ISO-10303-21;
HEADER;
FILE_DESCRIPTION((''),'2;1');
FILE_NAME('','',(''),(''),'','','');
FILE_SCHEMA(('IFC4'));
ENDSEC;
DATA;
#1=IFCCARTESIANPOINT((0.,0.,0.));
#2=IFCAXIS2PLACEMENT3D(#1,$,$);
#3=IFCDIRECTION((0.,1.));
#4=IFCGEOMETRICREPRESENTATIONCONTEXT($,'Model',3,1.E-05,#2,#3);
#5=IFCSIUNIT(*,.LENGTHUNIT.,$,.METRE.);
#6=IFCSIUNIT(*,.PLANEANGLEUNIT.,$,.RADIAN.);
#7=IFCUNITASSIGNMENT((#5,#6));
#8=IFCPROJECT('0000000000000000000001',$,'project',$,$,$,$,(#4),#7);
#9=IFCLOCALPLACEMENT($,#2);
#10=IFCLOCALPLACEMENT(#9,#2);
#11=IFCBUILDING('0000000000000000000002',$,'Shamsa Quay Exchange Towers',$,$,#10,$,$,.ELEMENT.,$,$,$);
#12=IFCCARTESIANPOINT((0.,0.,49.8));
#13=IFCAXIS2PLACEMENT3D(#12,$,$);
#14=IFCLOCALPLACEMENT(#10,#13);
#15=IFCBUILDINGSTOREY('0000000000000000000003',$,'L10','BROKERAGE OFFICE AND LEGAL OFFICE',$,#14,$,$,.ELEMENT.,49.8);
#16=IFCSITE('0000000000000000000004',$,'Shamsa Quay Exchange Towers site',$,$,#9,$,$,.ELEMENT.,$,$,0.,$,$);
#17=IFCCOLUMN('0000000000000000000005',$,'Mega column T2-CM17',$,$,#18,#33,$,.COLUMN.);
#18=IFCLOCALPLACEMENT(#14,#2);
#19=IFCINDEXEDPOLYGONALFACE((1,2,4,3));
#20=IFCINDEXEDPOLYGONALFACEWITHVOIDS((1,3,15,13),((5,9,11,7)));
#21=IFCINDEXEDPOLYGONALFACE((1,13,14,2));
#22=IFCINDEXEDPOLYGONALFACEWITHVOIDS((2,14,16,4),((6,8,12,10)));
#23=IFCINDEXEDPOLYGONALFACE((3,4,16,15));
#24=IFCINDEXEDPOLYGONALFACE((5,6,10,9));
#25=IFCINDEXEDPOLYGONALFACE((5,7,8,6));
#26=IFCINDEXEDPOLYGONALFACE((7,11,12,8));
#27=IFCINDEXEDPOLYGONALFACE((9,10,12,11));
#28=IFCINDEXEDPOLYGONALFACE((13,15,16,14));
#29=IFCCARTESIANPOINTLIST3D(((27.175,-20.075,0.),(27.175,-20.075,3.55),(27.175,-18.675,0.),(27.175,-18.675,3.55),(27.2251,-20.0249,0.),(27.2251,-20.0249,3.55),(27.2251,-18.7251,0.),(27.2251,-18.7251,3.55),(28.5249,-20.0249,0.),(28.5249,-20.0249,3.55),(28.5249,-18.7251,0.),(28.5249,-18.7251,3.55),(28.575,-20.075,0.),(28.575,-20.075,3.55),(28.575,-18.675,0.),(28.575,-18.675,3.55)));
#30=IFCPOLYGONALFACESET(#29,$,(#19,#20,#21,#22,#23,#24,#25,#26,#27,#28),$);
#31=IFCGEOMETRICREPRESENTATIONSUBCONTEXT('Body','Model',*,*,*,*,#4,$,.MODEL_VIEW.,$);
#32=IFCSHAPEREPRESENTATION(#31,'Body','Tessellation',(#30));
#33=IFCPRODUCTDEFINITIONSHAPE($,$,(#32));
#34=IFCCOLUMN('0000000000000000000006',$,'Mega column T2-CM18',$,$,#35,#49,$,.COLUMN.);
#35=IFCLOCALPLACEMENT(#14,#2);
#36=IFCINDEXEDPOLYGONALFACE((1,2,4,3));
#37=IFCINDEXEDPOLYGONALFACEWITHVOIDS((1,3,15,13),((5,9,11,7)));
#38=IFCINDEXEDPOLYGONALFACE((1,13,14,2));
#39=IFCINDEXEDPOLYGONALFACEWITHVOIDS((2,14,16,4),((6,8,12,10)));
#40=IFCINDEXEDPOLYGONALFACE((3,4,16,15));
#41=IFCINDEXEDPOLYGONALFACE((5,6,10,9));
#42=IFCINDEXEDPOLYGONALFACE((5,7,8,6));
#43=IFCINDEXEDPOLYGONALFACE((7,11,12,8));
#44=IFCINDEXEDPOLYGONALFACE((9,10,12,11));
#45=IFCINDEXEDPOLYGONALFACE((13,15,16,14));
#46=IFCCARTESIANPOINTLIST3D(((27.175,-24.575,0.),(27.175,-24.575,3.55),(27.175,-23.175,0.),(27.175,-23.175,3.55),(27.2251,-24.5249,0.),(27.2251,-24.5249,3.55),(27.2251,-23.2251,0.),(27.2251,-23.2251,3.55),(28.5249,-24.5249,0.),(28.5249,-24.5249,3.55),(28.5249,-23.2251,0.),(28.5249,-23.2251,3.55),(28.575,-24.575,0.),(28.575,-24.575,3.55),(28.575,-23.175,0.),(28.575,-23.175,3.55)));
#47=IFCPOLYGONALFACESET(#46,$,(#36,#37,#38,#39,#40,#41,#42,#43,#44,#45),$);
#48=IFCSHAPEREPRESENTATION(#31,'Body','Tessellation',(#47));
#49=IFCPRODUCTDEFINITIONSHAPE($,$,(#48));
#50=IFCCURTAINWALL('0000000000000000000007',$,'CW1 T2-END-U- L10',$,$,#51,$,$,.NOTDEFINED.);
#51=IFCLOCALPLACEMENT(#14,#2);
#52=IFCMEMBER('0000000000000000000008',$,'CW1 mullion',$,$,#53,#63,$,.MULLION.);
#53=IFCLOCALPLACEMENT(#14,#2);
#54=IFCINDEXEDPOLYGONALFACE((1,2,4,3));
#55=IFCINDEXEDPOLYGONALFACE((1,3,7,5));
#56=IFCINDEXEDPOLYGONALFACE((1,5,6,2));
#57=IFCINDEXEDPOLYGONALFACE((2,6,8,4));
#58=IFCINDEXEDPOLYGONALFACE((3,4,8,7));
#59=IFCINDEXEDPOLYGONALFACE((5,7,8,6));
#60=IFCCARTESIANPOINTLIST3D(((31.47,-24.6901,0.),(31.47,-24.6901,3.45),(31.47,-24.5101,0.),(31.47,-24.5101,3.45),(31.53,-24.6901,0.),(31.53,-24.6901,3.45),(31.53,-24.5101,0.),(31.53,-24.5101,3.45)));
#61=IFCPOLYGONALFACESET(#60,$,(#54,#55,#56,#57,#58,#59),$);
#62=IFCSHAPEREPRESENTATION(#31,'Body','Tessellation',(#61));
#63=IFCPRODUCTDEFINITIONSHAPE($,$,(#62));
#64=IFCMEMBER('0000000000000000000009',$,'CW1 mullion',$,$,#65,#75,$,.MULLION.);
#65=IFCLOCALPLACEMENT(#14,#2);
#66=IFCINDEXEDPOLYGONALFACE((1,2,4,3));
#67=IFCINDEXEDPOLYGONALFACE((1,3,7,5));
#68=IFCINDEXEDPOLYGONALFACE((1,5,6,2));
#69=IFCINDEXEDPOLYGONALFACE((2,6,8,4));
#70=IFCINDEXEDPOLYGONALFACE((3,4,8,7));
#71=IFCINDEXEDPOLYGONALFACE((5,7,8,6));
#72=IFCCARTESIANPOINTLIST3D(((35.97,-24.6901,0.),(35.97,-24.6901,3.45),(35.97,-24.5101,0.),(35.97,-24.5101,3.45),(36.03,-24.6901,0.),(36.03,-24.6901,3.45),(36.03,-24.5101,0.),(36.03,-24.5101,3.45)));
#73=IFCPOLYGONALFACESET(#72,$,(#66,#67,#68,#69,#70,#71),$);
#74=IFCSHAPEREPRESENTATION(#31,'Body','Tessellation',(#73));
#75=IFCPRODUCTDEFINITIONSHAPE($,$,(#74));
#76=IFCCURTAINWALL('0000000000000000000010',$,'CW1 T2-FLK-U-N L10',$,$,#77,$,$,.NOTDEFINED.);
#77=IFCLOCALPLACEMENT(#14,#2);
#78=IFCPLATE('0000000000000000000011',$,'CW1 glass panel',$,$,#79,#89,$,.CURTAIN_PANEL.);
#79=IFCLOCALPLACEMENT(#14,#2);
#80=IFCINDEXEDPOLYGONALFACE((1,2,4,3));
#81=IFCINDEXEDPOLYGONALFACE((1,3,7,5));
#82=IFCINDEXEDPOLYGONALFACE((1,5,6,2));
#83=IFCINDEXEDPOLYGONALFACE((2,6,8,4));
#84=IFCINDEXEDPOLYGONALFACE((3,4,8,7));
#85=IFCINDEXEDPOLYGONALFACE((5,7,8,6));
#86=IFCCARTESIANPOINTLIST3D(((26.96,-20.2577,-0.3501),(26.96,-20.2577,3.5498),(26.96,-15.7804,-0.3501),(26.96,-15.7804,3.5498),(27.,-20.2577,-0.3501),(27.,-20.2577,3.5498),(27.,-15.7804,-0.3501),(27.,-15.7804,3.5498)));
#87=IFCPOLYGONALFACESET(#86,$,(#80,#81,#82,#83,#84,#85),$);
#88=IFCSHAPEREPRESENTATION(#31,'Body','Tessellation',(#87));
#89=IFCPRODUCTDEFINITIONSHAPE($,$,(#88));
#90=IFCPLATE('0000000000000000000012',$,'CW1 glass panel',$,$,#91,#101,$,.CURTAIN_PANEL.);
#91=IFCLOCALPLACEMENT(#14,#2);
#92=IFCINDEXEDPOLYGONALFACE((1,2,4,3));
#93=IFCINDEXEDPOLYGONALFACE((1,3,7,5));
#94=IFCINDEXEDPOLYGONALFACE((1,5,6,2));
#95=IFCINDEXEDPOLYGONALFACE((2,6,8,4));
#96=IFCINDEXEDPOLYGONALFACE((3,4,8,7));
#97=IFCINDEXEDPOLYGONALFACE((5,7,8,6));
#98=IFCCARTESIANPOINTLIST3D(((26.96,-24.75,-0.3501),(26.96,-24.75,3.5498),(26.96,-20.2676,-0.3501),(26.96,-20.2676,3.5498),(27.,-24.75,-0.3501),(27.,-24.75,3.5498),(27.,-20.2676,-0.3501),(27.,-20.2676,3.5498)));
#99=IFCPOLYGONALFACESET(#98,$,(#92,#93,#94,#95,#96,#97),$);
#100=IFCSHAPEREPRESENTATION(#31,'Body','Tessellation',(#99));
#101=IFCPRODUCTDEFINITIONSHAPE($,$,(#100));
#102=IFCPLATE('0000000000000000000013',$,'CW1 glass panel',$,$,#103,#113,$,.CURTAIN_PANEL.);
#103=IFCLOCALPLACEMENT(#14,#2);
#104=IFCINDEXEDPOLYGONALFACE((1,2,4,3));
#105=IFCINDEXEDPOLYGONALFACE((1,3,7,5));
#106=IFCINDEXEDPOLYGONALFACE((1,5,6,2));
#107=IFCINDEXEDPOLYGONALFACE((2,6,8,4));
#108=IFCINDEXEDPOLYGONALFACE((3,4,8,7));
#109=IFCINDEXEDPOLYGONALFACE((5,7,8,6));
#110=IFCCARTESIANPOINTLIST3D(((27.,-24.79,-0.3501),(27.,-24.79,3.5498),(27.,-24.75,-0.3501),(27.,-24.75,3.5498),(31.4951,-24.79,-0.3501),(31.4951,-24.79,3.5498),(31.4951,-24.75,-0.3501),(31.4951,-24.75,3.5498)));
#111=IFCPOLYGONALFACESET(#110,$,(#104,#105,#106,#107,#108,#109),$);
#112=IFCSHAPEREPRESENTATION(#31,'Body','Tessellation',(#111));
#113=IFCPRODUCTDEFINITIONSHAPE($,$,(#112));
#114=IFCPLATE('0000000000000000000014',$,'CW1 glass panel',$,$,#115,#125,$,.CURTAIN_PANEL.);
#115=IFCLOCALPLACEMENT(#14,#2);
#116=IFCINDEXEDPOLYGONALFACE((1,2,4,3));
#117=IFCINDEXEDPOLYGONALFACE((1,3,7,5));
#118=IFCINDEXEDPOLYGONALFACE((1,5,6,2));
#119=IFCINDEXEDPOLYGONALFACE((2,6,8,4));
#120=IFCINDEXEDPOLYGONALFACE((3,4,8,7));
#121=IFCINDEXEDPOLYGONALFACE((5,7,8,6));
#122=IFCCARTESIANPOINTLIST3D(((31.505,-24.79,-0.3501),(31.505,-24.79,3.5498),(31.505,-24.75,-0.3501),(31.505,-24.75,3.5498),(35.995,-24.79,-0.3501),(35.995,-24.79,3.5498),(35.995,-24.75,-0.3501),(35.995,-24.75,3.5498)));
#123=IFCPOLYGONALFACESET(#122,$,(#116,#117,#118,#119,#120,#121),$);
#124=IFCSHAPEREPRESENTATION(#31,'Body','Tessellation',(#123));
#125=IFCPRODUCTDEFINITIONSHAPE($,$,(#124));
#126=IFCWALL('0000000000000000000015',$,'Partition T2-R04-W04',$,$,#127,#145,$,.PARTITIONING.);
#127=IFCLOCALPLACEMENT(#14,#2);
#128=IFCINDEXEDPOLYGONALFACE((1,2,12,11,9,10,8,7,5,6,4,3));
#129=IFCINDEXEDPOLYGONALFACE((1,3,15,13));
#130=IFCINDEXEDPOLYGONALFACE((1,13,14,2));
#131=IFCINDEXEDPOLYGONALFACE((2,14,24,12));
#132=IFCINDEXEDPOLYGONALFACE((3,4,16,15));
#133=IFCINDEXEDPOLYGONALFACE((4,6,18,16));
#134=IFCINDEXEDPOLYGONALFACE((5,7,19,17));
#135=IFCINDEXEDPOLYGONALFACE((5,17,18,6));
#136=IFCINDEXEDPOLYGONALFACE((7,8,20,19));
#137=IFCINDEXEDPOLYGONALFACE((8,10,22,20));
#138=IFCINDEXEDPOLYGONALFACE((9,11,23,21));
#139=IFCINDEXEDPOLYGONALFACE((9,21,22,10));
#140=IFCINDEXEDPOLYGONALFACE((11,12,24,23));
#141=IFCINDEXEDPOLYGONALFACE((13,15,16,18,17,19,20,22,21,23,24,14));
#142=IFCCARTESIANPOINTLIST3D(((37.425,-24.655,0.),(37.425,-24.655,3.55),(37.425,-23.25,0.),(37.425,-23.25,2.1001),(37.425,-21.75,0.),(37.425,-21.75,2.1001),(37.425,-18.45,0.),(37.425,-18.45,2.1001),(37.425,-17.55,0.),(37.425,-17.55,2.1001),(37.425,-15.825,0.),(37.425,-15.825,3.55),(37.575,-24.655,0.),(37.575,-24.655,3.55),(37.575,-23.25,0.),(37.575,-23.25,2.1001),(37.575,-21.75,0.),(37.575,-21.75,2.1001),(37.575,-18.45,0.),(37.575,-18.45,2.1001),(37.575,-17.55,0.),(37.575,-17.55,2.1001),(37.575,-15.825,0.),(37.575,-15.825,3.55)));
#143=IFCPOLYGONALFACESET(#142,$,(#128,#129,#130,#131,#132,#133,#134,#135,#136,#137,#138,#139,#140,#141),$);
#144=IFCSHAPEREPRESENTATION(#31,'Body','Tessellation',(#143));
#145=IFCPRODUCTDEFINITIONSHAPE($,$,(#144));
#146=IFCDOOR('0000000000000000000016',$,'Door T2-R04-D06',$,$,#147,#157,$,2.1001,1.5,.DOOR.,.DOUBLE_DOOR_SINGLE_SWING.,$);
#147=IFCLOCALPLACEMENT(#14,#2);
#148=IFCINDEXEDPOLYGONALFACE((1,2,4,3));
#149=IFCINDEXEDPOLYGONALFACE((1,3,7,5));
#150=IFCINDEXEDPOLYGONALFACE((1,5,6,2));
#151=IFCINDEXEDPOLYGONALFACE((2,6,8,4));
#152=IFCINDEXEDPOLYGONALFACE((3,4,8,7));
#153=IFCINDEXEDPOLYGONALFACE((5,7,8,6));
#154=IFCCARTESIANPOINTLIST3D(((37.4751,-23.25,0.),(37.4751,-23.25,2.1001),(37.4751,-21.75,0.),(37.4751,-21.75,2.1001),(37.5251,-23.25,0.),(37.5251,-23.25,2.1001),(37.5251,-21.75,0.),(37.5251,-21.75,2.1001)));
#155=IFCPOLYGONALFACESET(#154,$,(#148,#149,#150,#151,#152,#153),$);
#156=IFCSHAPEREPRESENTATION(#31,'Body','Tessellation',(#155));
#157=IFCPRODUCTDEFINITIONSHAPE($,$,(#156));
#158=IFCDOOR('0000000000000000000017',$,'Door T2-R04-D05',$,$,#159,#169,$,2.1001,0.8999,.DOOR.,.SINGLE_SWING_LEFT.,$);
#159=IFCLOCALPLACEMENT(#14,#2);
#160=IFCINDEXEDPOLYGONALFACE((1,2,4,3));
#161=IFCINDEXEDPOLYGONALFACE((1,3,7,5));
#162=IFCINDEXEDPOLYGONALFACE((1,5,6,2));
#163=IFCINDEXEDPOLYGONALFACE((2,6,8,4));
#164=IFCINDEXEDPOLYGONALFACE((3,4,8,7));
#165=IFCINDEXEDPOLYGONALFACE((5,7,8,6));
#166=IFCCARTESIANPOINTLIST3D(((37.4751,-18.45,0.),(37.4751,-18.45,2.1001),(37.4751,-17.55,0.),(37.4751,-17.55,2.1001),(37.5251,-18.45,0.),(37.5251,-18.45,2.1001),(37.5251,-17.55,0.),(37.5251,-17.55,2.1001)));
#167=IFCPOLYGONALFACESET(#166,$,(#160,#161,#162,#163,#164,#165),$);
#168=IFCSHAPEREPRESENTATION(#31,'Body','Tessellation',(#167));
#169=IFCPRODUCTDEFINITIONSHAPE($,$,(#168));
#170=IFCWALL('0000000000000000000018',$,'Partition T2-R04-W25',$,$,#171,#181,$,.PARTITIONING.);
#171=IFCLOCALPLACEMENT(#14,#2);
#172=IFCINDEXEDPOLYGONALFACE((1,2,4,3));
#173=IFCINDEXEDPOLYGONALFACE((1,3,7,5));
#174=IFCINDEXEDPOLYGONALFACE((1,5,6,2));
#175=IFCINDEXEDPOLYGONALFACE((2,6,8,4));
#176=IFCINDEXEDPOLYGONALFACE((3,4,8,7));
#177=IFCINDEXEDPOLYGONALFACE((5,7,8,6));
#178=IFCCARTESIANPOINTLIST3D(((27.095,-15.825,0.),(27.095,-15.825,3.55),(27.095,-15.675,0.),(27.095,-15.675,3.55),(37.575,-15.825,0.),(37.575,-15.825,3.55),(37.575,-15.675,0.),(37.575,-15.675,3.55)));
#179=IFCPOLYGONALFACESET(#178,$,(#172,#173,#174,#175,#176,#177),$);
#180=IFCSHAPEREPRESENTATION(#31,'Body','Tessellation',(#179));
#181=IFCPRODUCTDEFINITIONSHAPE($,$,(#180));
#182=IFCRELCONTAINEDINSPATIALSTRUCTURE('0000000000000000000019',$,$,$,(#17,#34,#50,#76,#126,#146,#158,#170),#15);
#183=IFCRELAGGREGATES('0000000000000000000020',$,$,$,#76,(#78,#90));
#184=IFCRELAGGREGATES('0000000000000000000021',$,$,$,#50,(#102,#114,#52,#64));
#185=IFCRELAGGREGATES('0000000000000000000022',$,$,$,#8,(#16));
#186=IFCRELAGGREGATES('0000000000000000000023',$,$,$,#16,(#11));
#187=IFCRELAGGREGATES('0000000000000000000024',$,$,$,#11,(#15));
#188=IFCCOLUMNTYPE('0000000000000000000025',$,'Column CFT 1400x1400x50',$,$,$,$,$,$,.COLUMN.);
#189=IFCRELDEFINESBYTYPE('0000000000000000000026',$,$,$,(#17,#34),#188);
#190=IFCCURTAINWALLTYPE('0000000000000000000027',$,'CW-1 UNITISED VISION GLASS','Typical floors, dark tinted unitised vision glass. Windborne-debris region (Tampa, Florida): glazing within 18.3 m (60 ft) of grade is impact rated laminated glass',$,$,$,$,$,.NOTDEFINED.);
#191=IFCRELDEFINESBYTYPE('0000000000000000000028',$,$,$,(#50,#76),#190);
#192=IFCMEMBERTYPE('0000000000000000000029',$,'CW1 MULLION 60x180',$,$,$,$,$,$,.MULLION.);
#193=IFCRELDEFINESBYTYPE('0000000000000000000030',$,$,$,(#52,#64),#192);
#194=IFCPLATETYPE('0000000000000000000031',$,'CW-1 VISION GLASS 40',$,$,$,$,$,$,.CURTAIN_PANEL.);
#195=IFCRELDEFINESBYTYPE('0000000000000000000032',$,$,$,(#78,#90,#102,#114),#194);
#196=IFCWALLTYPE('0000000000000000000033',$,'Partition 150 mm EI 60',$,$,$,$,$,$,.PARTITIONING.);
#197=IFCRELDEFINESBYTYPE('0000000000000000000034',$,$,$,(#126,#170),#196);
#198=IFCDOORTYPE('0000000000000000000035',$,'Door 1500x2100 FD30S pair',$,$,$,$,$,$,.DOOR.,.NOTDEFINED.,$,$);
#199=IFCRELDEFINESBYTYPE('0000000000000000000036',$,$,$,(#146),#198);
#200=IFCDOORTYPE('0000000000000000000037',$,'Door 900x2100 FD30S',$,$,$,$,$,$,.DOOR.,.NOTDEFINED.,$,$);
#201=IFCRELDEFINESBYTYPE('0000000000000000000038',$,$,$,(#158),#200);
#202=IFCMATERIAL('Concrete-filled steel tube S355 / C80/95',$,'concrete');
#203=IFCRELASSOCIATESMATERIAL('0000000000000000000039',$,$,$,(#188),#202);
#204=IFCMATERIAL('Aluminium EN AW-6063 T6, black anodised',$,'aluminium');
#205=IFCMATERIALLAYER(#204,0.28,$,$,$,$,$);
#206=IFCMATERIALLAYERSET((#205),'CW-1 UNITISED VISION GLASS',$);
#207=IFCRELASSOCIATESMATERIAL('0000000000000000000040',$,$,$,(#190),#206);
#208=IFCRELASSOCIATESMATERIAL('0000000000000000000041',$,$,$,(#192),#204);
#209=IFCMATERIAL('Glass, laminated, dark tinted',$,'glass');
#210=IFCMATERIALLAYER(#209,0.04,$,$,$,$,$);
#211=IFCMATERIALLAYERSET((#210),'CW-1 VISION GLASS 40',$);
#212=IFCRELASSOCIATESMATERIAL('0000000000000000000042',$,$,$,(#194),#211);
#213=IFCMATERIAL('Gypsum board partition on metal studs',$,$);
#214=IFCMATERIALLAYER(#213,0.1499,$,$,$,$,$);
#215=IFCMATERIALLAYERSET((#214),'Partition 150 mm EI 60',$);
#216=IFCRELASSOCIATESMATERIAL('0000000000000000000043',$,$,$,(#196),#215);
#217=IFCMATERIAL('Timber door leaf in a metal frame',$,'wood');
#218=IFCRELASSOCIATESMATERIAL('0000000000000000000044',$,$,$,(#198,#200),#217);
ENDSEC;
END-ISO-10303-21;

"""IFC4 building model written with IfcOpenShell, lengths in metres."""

from ifc_helpers import new_model, si_unit, direction, frame, frame_2d, origin, origin_2d, place, context, subcontext, project, spatial, rectangle, hollow_rectangle, extrude, material, layer, layer_set, material_profile, profile_set, type_object, element, fill, aggregate, save


model = new_model("IFC4")

# Units and contexts
model_context = context("Model", 3, precision=1e-05, world=origin(), true_north=direction((0.0, 1.0)))
body_context = subcontext(model_context, "Body", "Model", "MODEL_VIEW")
ifc_project = project(units=[si_unit("LENGTHUNIT", "METRE"), si_unit("PLANEANGLEUNIT", "RADIAN")], contexts=[model_context])

# Site, building, storey
site_placement = place(None, origin())
site = spatial("IfcSite", under=ifc_project, at=site_placement, Name="Shamsa Quay Exchange Towers site", CompositionType="ELEMENT", RefElevation=0.0)
building_placement = place(site_placement, origin())
building = spatial("IfcBuilding", under=site, at=building_placement, Name="Shamsa Quay Exchange Towers", CompositionType="ELEMENT")
storey_placement = place(building_placement, frame((0.0, 0.0, 49.8)))
storey = spatial("IfcBuildingStorey", under=building, at=storey_placement, Name="L10", Description="BROKERAGE OFFICE AND LEGAL OFFICE", CompositionType="ELEMENT", Elevation=49.8)

# Columns
ifc_material_1 = material(Name="Concrete-filled steel tube S355 / C80/95", Category="concrete")
ifc_material_profile_1 = material_profile(ifc_material_1, hollow_rectangle(XDim=1.3999, YDim=1.3999, WallThickness=0.05, at=origin_2d()), Name="CFT 1400x1400x50")
ifc_profile_set_1 = profile_set([ifc_material_profile_1], Name="Concrete-filled steel tube S355 / C80/95")
column_type = type_object("IfcColumnType", Name="Column CFT 1400x1400x50", PredefinedType="COLUMN", material=ifc_profile_set_1)
for number, where, name in (
    (1, (27.875, -19.375, 0.0), "Mega column T2-CM17"),
    (2, (27.875, -23.875, 0.0), "Mega column T2-CM18"),
):
    element("IfcColumn", number, at=place(storey_placement, frame(where)), inside=storey, type_object=column_type, Name=name, PredefinedType="COLUMN", context=body_context, shape_type="SweptSolid", body=[
        extrude(hollow_rectangle(XDim=1.3999, YDim=1.3999, WallThickness=0.05, at=origin_2d()), origin(), (0.0, 0.0, 1.0), 3.55),
    ])

# Curtain wall, members
ifc_material_2 = material(Name="Aluminium EN AW-6063 T6, black anodised", Category="aluminium")
ifc_layer_1 = layer(ifc_material_2, 0.28)
ifc_layer_set_1 = layer_set([ifc_layer_1], Name="CW-1 UNITISED VISION GLASS")
curtain_wall_type = type_object("IfcCurtainWallType", Name="CW-1 UNITISED VISION GLASS", Description="Typical floors, dark tinted unitised vision glass. Windborne-debris region (Tampa, Florida): glazing within 18.3 m (60 ft) of grade is impact rated laminated glass", PredefinedType="NOTDEFINED", material=ifc_layer_set_1)
curtain_wall_1_placement = place(storey_placement, origin())
curtain_wall_1 = element("IfcCurtainWall", 3, at=curtain_wall_1_placement, inside=storey, type_object=curtain_wall_type, Name="CW1 T2-END-U- L10", PredefinedType="NOTDEFINED")
ifc_material_profile_2 = material_profile(ifc_material_2, rectangle(XDim=0.1799, YDim=0.0601, at=origin_2d()), Name="MU60x180")
ifc_profile_set_2 = profile_set([ifc_material_profile_2], Name="Aluminium EN AW-6063 T6, black anodised")
member_type = type_object("IfcMemberType", Name="CW1 MULLION 60x180", PredefinedType="MULLION", material=ifc_profile_set_2)
member_1_placement = place(storey_placement, frame((31.5, -24.6001, 0.0), z_axis=(0.0, 0.0, 1.0), x_axis=(0.0, 1.0, 0.0)))
member_1 = element("IfcMember", 4, at=member_1_placement, type_object=member_type, Name="CW1 mullion", PredefinedType="MULLION", context=body_context, shape_type="SweptSolid", body=[
    extrude(rectangle(XDim=0.1799, YDim=0.0601, at=origin_2d()), origin(), (0.0, 0.0, 1.0), 3.45),
])
member_2_placement = place(storey_placement, frame((36.0, -24.6001, 0.0), z_axis=(0.0, 0.0, 1.0), x_axis=(0.0, 1.0, 0.0)))
member_2 = element("IfcMember", 5, at=member_2_placement, type_object=member_type, Name="CW1 mullion", PredefinedType="MULLION", context=body_context, shape_type="SweptSolid", body=[
    extrude(rectangle(XDim=0.1799, YDim=0.0601, at=origin_2d()), origin(), (0.0, 0.0, 1.0), 3.45),
])

# Curtain wall, plates
curtain_wall_2_placement = place(storey_placement, origin())
curtain_wall_2 = element("IfcCurtainWall", 6, at=curtain_wall_2_placement, inside=storey, type_object=curtain_wall_type, Name="CW1 T2-FLK-U-N L10", PredefinedType="NOTDEFINED")
ifc_material_3 = material(Name="Glass, laminated, dark tinted", Category="glass")
ifc_layer_2 = layer(ifc_material_3, 0.04)
ifc_layer_set_2 = layer_set([ifc_layer_2], Name="CW-1 VISION GLASS 40")
plate_type = type_object("IfcPlateType", Name="CW-1 VISION GLASS 40", PredefinedType="CURTAIN_PANEL", material=ifc_layer_set_2)
plate_1_placement = place(storey_placement, frame((26.98, -18.019, -0.3501), z_axis=(0.0, 0.0, 1.0), x_axis=(0.0, -1.0, 0.0)))
plate_1 = element("IfcPlate", 7, at=plate_1_placement, type_object=plate_type, Name="CW1 glass panel", PredefinedType="CURTAIN_PANEL", context=body_context, shape_type="SweptSolid", body=[
    extrude(rectangle(XDim=4.4773, YDim=0.04, at=origin_2d()), origin(), (0.0, 0.0, 1.0), 3.8999),
])
plate_2_placement = place(storey_placement, frame((26.98, -22.5088, -0.3501), z_axis=(0.0, 0.0, 1.0), x_axis=(0.0, -1.0, 0.0)))
plate_2 = element("IfcPlate", 8, at=plate_2_placement, type_object=plate_type, Name="CW1 glass panel", PredefinedType="CURTAIN_PANEL", context=body_context, shape_type="SweptSolid", body=[
    extrude(rectangle(XDim=4.4824, YDim=0.04, at=origin_2d()), origin(), (0.0, 0.0, 1.0), 3.8999),
])
aggregate(curtain_wall_2, [plate_1, plate_2])

# Plates
plate_3_placement = place(storey_placement, frame((29.2476, -24.77, -0.3501)))
plate_3 = element("IfcPlate", 9, at=plate_3_placement, type_object=plate_type, Name="CW1 glass panel", PredefinedType="CURTAIN_PANEL", context=body_context, shape_type="SweptSolid", body=[
    extrude(rectangle(XDim=4.4951, YDim=0.04, at=origin_2d()), origin(), (0.0, 0.0, 1.0), 3.8999),
])
plate_4_placement = place(storey_placement, frame((33.75, -24.77, -0.3501)))
plate_4 = element("IfcPlate", 10, at=plate_4_placement, type_object=plate_type, Name="CW1 glass panel", PredefinedType="CURTAIN_PANEL", context=body_context, shape_type="SweptSolid", body=[
    extrude(rectangle(XDim=4.49, YDim=0.04, at=origin_2d()), origin(), (0.0, 0.0, 1.0), 3.8999),
])
aggregate(curtain_wall_1, [plate_3, plate_4, member_1, member_2])

# Wall, openings, doors
ifc_material_4 = material(Name="Gypsum board partition on metal studs")
ifc_layer_3 = layer(ifc_material_4, 0.1499)
ifc_layer_set_3 = layer_set([ifc_layer_3], Name="Partition 150 mm EI 60")
wall_type = type_object("IfcWallType", Name="Partition 150 mm EI 60", PredefinedType="PARTITIONING", material=ifc_layer_set_3)
wall_1_placement = place(storey_placement, frame((37.5, -24.655, 0.0), z_axis=(0.0, 0.0, 1.0), x_axis=(0.0, 1.0, 0.0)))
wall_1 = element("IfcWall", 11, at=wall_1_placement, inside=storey, type_object=wall_type, Name="Partition T2-R04-W04", PredefinedType="PARTITIONING", context=body_context, shape_type="SweptSolid", body=[
    extrude(rectangle(XDim=8.8301, YDim=0.1499, at=frame_2d((4.415, 0.0))), origin(), (0.0, 0.0, 1.0), 3.55),
])
opening_1_placement = place(wall_1_placement, frame((6.2051, 0.0, 0.0)))
opening_1 = element("IfcOpeningElement", 12, at=opening_1_placement, cuts=wall_1, PredefinedType="OPENING", context=body_context, shape_type="SweptSolid", body=[
    extrude(rectangle(XDim=0.8999, YDim=2.1001, at=frame_2d((0.45, 1.05))), frame((0.0, 0.085, 0.0), z_axis=(0.0, -1.0, 0.0), x_axis=(1.0, 0.0, 0.0)), (0.0, 0.0, 1.0), 0.1699),
])
opening_2_placement = place(wall_1_placement, frame((1.405, 0.0, 0.0)))
opening_2 = element("IfcOpeningElement", 13, at=opening_2_placement, cuts=wall_1, PredefinedType="OPENING", context=body_context, shape_type="SweptSolid", body=[
    extrude(rectangle(XDim=1.5, YDim=2.1001, at=frame_2d((0.75, 1.05))), frame((0.0, 0.085, 0.0), z_axis=(0.0, -1.0, 0.0), x_axis=(1.0, 0.0, 0.0)), (0.0, 0.0, 1.0), 0.1699),
])
ifc_material_5 = material(Name="Timber door leaf in a metal frame", Category="wood")
door_type_1 = type_object("IfcDoorType", Name="Door 1500x2100 FD30S pair", OperationType="NOTDEFINED", PredefinedType="DOOR", material=ifc_material_5)
door_1_placement = place(opening_2_placement, origin())
door_1 = element("IfcDoor", 14, at=door_1_placement, inside=storey, type_object=door_type_1, Name="Door T2-R04-D06", OperationType="DOUBLE_DOOR_SINGLE_SWING", OverallHeight=2.1001, OverallWidth=1.5, PredefinedType="DOOR", context=body_context, shape_type="SweptSolid", body=[
    extrude(rectangle(XDim=1.5, YDim=2.1001, at=frame_2d((0.75, 1.05))), frame((0.0, 0.0249, 0.0), z_axis=(0.0, -1.0, 0.0), x_axis=(1.0, 0.0, 0.0)), (0.0, 0.0, 1.0), 0.05),
])
fill(opening_2, door_1)
door_type_2 = type_object("IfcDoorType", Name="Door 900x2100 FD30S", OperationType="NOTDEFINED", PredefinedType="DOOR", material=ifc_material_5)
door_2_placement = place(opening_1_placement, origin())
door_2 = element("IfcDoor", 15, at=door_2_placement, inside=storey, type_object=door_type_2, Name="Door T2-R04-D05", OperationType="SINGLE_SWING_LEFT", OverallHeight=2.1001, OverallWidth=0.8999, PredefinedType="DOOR", context=body_context, shape_type="SweptSolid", body=[
    extrude(rectangle(XDim=0.8999, YDim=2.1001, at=frame_2d((0.45, 1.05))), frame((0.0, 0.0249, 0.0), z_axis=(0.0, -1.0, 0.0), x_axis=(1.0, 0.0, 0.0)), (0.0, 0.0, 1.0), 0.05),
])
fill(opening_1, door_2)

# Wall
wall_2_placement = place(storey_placement, frame((27.095, -15.75, 0.0)))
element("IfcWall", 16, at=wall_2_placement, inside=storey, type_object=wall_type, Name="Partition T2-R04-W25", PredefinedType="PARTITIONING", context=body_context, shape_type="SweptSolid", body=[
    extrude(rectangle(XDim=10.48, YDim=0.1499, at=frame_2d((5.24, 0.0))), origin(), (0.0, 0.0, 1.0), 3.55),
])

save(model, "model.ifc")
